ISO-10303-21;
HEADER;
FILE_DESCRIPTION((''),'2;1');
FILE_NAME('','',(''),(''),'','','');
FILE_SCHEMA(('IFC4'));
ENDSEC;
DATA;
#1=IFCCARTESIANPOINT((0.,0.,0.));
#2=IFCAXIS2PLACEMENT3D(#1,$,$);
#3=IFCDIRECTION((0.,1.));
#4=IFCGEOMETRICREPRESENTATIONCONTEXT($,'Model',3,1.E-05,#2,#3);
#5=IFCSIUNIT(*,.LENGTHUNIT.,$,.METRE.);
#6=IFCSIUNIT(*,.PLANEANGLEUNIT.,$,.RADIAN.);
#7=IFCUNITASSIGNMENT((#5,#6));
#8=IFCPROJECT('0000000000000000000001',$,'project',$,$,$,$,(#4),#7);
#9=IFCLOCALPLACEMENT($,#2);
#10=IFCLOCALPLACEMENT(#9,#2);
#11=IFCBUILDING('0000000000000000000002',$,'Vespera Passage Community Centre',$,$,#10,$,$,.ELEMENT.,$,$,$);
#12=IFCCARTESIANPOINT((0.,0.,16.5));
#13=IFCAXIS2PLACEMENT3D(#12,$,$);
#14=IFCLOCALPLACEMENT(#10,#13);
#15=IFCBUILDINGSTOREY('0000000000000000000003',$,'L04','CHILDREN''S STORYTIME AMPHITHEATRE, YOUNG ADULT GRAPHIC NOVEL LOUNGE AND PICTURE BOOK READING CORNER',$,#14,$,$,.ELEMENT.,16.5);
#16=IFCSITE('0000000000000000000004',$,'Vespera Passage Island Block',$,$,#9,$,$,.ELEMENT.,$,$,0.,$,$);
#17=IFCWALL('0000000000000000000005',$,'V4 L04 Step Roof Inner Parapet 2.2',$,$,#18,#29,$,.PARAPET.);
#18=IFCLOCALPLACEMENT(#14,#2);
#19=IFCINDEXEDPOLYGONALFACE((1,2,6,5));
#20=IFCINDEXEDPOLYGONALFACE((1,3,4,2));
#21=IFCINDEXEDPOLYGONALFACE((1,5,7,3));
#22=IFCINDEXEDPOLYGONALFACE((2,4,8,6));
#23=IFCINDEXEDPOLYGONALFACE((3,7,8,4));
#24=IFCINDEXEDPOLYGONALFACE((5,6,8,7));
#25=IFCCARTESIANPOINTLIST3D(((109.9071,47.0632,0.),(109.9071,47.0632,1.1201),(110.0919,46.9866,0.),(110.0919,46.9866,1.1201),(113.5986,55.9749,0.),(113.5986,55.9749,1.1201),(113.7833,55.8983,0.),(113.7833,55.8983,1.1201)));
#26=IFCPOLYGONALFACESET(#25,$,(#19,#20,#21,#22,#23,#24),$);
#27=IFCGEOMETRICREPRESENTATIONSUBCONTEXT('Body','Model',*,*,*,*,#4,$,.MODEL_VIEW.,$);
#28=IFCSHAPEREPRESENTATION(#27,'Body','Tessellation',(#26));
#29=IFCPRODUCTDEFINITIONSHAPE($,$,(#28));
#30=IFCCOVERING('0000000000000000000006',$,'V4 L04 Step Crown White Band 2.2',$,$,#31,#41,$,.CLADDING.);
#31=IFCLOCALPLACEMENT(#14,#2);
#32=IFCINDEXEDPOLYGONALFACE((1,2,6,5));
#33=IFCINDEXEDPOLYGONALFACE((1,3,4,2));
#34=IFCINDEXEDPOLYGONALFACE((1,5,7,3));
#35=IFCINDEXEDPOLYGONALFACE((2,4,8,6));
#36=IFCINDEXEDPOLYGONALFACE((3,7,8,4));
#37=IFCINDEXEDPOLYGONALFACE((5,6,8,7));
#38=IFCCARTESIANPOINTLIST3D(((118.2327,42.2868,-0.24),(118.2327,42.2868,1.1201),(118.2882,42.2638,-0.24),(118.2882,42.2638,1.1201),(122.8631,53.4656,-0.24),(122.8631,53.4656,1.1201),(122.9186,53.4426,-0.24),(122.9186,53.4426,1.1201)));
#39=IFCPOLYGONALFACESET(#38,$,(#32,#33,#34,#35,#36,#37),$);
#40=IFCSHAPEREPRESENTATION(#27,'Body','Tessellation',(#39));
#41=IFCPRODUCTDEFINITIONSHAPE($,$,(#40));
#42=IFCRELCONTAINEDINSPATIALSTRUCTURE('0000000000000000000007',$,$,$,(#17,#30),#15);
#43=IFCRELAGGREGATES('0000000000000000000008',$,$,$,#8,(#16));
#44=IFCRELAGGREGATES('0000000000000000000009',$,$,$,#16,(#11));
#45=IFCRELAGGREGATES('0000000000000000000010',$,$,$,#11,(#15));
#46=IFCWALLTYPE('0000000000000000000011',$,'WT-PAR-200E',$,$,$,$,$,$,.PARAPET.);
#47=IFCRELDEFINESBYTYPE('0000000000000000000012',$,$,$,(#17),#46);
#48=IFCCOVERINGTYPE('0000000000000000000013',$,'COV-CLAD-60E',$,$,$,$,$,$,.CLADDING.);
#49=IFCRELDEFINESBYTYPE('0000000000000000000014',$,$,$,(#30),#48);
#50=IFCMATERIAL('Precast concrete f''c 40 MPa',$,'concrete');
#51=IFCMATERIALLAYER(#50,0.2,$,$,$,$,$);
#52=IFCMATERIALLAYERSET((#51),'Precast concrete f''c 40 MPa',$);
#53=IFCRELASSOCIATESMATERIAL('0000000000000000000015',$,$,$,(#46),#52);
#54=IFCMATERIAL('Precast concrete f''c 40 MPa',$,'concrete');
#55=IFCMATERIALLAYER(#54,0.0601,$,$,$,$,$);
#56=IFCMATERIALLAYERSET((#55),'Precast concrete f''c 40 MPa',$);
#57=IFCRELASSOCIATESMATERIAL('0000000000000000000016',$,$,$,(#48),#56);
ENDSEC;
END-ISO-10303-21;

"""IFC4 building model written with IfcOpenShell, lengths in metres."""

from ifc_helpers import new_model, si_unit, direction, frame, frame_2d, origin, place, context, subcontext, project, spatial, rectangle, extrude, material, layer, layer_set, type_object, element, save


model = new_model("IFC4")

# Units and contexts
model_context = context("Model", 3, precision=1e-05, world=origin(), true_north=direction((0.0, 1.0)))
body_context = subcontext(model_context, "Body", "Model", "MODEL_VIEW")
ifc_project = project(units=[si_unit("LENGTHUNIT", "METRE"), si_unit("PLANEANGLEUNIT", "RADIAN")], contexts=[model_context])

# Site, building, storey
site_placement = place(None, origin())
site = spatial("IfcSite", under=ifc_project, at=site_placement, Name="Vespera Passage Island Block", CompositionType="ELEMENT", RefElevation=0.0)
building_placement = place(site_placement, origin())
building = spatial("IfcBuilding", under=site, at=building_placement, Name="Vespera Passage Community Centre", CompositionType="ELEMENT")
storey_placement = place(building_placement, frame((0.0, 0.0, 16.5)))
storey = spatial("IfcBuildingStorey", under=building, at=storey_placement, Name="L04", Description="CHILDREN'S STORYTIME AMPHITHEATRE, YOUNG ADULT GRAPHIC NOVEL LOUNGE AND PICTURE BOOK READING CORNER", CompositionType="ELEMENT", Elevation=16.5)

# Wall
ifc_material_1 = material(Name="Precast concrete f'c 40 MPa", Category="concrete")
ifc_layer_1 = layer(ifc_material_1, 0.2)
ifc_layer_set_1 = layer_set([ifc_layer_1], Name="Precast concrete f'c 40 MPa")
wall_type_1 = type_object("IfcWallType", Name="WT-PAR-200E", PredefinedType="PARAPET", material=ifc_layer_set_1)
wall_1_placement = place(storey_placement, frame((109.9995, 47.0249, 0.0), z_axis=(0.0, 0.0, 1.0), x_axis=(0.382692, 0.923876, 0.0)))
element("IfcWall", 1, at=wall_1_placement, inside=storey, type_object=wall_type_1, Name="V4 L04 Step Roof Inner Parapet 2.2", PredefinedType="PARAPET", context=body_context, shape_type="SweptSolid", body=[
    extrude(rectangle(XDim=9.646, YDim=0.2, at=frame_2d((4.823, 0.0))), origin(), (0.0, 0.0, 1.0), 1.1201),
])

# Covering
ifc_material_2 = material(Name="Precast concrete f'c 40 MPa", Category="concrete")
ifc_layer_2 = layer(ifc_material_2, 0.0601)
ifc_layer_set_2 = layer_set([ifc_layer_2], Name="Precast concrete f'c 40 MPa")
covering_type = type_object("IfcCoveringType", Name="COV-CLAD-60E", PredefinedType="CLADDING", material=ifc_layer_set_2)
covering_placement = place(storey_placement, frame((118.2605, 42.2754, -0.24), z_axis=(0.0, 0.0, 1.0), x_axis=(0.382683, 0.92388, 0.0)))
element("IfcCovering", 2, at=covering_placement, inside=storey, type_object=covering_type, Name="V4 L04 Step Crown White Band 2.2", PredefinedType="CLADDING", context=body_context, shape_type="SweptSolid", body=[
    extrude(rectangle(XDim=12.0999, YDim=0.0601, at=frame_2d((6.0498, 0.0))), origin(), (0.0, 0.0, 1.0), 1.3601),
])

save(model, "model.ifc")
